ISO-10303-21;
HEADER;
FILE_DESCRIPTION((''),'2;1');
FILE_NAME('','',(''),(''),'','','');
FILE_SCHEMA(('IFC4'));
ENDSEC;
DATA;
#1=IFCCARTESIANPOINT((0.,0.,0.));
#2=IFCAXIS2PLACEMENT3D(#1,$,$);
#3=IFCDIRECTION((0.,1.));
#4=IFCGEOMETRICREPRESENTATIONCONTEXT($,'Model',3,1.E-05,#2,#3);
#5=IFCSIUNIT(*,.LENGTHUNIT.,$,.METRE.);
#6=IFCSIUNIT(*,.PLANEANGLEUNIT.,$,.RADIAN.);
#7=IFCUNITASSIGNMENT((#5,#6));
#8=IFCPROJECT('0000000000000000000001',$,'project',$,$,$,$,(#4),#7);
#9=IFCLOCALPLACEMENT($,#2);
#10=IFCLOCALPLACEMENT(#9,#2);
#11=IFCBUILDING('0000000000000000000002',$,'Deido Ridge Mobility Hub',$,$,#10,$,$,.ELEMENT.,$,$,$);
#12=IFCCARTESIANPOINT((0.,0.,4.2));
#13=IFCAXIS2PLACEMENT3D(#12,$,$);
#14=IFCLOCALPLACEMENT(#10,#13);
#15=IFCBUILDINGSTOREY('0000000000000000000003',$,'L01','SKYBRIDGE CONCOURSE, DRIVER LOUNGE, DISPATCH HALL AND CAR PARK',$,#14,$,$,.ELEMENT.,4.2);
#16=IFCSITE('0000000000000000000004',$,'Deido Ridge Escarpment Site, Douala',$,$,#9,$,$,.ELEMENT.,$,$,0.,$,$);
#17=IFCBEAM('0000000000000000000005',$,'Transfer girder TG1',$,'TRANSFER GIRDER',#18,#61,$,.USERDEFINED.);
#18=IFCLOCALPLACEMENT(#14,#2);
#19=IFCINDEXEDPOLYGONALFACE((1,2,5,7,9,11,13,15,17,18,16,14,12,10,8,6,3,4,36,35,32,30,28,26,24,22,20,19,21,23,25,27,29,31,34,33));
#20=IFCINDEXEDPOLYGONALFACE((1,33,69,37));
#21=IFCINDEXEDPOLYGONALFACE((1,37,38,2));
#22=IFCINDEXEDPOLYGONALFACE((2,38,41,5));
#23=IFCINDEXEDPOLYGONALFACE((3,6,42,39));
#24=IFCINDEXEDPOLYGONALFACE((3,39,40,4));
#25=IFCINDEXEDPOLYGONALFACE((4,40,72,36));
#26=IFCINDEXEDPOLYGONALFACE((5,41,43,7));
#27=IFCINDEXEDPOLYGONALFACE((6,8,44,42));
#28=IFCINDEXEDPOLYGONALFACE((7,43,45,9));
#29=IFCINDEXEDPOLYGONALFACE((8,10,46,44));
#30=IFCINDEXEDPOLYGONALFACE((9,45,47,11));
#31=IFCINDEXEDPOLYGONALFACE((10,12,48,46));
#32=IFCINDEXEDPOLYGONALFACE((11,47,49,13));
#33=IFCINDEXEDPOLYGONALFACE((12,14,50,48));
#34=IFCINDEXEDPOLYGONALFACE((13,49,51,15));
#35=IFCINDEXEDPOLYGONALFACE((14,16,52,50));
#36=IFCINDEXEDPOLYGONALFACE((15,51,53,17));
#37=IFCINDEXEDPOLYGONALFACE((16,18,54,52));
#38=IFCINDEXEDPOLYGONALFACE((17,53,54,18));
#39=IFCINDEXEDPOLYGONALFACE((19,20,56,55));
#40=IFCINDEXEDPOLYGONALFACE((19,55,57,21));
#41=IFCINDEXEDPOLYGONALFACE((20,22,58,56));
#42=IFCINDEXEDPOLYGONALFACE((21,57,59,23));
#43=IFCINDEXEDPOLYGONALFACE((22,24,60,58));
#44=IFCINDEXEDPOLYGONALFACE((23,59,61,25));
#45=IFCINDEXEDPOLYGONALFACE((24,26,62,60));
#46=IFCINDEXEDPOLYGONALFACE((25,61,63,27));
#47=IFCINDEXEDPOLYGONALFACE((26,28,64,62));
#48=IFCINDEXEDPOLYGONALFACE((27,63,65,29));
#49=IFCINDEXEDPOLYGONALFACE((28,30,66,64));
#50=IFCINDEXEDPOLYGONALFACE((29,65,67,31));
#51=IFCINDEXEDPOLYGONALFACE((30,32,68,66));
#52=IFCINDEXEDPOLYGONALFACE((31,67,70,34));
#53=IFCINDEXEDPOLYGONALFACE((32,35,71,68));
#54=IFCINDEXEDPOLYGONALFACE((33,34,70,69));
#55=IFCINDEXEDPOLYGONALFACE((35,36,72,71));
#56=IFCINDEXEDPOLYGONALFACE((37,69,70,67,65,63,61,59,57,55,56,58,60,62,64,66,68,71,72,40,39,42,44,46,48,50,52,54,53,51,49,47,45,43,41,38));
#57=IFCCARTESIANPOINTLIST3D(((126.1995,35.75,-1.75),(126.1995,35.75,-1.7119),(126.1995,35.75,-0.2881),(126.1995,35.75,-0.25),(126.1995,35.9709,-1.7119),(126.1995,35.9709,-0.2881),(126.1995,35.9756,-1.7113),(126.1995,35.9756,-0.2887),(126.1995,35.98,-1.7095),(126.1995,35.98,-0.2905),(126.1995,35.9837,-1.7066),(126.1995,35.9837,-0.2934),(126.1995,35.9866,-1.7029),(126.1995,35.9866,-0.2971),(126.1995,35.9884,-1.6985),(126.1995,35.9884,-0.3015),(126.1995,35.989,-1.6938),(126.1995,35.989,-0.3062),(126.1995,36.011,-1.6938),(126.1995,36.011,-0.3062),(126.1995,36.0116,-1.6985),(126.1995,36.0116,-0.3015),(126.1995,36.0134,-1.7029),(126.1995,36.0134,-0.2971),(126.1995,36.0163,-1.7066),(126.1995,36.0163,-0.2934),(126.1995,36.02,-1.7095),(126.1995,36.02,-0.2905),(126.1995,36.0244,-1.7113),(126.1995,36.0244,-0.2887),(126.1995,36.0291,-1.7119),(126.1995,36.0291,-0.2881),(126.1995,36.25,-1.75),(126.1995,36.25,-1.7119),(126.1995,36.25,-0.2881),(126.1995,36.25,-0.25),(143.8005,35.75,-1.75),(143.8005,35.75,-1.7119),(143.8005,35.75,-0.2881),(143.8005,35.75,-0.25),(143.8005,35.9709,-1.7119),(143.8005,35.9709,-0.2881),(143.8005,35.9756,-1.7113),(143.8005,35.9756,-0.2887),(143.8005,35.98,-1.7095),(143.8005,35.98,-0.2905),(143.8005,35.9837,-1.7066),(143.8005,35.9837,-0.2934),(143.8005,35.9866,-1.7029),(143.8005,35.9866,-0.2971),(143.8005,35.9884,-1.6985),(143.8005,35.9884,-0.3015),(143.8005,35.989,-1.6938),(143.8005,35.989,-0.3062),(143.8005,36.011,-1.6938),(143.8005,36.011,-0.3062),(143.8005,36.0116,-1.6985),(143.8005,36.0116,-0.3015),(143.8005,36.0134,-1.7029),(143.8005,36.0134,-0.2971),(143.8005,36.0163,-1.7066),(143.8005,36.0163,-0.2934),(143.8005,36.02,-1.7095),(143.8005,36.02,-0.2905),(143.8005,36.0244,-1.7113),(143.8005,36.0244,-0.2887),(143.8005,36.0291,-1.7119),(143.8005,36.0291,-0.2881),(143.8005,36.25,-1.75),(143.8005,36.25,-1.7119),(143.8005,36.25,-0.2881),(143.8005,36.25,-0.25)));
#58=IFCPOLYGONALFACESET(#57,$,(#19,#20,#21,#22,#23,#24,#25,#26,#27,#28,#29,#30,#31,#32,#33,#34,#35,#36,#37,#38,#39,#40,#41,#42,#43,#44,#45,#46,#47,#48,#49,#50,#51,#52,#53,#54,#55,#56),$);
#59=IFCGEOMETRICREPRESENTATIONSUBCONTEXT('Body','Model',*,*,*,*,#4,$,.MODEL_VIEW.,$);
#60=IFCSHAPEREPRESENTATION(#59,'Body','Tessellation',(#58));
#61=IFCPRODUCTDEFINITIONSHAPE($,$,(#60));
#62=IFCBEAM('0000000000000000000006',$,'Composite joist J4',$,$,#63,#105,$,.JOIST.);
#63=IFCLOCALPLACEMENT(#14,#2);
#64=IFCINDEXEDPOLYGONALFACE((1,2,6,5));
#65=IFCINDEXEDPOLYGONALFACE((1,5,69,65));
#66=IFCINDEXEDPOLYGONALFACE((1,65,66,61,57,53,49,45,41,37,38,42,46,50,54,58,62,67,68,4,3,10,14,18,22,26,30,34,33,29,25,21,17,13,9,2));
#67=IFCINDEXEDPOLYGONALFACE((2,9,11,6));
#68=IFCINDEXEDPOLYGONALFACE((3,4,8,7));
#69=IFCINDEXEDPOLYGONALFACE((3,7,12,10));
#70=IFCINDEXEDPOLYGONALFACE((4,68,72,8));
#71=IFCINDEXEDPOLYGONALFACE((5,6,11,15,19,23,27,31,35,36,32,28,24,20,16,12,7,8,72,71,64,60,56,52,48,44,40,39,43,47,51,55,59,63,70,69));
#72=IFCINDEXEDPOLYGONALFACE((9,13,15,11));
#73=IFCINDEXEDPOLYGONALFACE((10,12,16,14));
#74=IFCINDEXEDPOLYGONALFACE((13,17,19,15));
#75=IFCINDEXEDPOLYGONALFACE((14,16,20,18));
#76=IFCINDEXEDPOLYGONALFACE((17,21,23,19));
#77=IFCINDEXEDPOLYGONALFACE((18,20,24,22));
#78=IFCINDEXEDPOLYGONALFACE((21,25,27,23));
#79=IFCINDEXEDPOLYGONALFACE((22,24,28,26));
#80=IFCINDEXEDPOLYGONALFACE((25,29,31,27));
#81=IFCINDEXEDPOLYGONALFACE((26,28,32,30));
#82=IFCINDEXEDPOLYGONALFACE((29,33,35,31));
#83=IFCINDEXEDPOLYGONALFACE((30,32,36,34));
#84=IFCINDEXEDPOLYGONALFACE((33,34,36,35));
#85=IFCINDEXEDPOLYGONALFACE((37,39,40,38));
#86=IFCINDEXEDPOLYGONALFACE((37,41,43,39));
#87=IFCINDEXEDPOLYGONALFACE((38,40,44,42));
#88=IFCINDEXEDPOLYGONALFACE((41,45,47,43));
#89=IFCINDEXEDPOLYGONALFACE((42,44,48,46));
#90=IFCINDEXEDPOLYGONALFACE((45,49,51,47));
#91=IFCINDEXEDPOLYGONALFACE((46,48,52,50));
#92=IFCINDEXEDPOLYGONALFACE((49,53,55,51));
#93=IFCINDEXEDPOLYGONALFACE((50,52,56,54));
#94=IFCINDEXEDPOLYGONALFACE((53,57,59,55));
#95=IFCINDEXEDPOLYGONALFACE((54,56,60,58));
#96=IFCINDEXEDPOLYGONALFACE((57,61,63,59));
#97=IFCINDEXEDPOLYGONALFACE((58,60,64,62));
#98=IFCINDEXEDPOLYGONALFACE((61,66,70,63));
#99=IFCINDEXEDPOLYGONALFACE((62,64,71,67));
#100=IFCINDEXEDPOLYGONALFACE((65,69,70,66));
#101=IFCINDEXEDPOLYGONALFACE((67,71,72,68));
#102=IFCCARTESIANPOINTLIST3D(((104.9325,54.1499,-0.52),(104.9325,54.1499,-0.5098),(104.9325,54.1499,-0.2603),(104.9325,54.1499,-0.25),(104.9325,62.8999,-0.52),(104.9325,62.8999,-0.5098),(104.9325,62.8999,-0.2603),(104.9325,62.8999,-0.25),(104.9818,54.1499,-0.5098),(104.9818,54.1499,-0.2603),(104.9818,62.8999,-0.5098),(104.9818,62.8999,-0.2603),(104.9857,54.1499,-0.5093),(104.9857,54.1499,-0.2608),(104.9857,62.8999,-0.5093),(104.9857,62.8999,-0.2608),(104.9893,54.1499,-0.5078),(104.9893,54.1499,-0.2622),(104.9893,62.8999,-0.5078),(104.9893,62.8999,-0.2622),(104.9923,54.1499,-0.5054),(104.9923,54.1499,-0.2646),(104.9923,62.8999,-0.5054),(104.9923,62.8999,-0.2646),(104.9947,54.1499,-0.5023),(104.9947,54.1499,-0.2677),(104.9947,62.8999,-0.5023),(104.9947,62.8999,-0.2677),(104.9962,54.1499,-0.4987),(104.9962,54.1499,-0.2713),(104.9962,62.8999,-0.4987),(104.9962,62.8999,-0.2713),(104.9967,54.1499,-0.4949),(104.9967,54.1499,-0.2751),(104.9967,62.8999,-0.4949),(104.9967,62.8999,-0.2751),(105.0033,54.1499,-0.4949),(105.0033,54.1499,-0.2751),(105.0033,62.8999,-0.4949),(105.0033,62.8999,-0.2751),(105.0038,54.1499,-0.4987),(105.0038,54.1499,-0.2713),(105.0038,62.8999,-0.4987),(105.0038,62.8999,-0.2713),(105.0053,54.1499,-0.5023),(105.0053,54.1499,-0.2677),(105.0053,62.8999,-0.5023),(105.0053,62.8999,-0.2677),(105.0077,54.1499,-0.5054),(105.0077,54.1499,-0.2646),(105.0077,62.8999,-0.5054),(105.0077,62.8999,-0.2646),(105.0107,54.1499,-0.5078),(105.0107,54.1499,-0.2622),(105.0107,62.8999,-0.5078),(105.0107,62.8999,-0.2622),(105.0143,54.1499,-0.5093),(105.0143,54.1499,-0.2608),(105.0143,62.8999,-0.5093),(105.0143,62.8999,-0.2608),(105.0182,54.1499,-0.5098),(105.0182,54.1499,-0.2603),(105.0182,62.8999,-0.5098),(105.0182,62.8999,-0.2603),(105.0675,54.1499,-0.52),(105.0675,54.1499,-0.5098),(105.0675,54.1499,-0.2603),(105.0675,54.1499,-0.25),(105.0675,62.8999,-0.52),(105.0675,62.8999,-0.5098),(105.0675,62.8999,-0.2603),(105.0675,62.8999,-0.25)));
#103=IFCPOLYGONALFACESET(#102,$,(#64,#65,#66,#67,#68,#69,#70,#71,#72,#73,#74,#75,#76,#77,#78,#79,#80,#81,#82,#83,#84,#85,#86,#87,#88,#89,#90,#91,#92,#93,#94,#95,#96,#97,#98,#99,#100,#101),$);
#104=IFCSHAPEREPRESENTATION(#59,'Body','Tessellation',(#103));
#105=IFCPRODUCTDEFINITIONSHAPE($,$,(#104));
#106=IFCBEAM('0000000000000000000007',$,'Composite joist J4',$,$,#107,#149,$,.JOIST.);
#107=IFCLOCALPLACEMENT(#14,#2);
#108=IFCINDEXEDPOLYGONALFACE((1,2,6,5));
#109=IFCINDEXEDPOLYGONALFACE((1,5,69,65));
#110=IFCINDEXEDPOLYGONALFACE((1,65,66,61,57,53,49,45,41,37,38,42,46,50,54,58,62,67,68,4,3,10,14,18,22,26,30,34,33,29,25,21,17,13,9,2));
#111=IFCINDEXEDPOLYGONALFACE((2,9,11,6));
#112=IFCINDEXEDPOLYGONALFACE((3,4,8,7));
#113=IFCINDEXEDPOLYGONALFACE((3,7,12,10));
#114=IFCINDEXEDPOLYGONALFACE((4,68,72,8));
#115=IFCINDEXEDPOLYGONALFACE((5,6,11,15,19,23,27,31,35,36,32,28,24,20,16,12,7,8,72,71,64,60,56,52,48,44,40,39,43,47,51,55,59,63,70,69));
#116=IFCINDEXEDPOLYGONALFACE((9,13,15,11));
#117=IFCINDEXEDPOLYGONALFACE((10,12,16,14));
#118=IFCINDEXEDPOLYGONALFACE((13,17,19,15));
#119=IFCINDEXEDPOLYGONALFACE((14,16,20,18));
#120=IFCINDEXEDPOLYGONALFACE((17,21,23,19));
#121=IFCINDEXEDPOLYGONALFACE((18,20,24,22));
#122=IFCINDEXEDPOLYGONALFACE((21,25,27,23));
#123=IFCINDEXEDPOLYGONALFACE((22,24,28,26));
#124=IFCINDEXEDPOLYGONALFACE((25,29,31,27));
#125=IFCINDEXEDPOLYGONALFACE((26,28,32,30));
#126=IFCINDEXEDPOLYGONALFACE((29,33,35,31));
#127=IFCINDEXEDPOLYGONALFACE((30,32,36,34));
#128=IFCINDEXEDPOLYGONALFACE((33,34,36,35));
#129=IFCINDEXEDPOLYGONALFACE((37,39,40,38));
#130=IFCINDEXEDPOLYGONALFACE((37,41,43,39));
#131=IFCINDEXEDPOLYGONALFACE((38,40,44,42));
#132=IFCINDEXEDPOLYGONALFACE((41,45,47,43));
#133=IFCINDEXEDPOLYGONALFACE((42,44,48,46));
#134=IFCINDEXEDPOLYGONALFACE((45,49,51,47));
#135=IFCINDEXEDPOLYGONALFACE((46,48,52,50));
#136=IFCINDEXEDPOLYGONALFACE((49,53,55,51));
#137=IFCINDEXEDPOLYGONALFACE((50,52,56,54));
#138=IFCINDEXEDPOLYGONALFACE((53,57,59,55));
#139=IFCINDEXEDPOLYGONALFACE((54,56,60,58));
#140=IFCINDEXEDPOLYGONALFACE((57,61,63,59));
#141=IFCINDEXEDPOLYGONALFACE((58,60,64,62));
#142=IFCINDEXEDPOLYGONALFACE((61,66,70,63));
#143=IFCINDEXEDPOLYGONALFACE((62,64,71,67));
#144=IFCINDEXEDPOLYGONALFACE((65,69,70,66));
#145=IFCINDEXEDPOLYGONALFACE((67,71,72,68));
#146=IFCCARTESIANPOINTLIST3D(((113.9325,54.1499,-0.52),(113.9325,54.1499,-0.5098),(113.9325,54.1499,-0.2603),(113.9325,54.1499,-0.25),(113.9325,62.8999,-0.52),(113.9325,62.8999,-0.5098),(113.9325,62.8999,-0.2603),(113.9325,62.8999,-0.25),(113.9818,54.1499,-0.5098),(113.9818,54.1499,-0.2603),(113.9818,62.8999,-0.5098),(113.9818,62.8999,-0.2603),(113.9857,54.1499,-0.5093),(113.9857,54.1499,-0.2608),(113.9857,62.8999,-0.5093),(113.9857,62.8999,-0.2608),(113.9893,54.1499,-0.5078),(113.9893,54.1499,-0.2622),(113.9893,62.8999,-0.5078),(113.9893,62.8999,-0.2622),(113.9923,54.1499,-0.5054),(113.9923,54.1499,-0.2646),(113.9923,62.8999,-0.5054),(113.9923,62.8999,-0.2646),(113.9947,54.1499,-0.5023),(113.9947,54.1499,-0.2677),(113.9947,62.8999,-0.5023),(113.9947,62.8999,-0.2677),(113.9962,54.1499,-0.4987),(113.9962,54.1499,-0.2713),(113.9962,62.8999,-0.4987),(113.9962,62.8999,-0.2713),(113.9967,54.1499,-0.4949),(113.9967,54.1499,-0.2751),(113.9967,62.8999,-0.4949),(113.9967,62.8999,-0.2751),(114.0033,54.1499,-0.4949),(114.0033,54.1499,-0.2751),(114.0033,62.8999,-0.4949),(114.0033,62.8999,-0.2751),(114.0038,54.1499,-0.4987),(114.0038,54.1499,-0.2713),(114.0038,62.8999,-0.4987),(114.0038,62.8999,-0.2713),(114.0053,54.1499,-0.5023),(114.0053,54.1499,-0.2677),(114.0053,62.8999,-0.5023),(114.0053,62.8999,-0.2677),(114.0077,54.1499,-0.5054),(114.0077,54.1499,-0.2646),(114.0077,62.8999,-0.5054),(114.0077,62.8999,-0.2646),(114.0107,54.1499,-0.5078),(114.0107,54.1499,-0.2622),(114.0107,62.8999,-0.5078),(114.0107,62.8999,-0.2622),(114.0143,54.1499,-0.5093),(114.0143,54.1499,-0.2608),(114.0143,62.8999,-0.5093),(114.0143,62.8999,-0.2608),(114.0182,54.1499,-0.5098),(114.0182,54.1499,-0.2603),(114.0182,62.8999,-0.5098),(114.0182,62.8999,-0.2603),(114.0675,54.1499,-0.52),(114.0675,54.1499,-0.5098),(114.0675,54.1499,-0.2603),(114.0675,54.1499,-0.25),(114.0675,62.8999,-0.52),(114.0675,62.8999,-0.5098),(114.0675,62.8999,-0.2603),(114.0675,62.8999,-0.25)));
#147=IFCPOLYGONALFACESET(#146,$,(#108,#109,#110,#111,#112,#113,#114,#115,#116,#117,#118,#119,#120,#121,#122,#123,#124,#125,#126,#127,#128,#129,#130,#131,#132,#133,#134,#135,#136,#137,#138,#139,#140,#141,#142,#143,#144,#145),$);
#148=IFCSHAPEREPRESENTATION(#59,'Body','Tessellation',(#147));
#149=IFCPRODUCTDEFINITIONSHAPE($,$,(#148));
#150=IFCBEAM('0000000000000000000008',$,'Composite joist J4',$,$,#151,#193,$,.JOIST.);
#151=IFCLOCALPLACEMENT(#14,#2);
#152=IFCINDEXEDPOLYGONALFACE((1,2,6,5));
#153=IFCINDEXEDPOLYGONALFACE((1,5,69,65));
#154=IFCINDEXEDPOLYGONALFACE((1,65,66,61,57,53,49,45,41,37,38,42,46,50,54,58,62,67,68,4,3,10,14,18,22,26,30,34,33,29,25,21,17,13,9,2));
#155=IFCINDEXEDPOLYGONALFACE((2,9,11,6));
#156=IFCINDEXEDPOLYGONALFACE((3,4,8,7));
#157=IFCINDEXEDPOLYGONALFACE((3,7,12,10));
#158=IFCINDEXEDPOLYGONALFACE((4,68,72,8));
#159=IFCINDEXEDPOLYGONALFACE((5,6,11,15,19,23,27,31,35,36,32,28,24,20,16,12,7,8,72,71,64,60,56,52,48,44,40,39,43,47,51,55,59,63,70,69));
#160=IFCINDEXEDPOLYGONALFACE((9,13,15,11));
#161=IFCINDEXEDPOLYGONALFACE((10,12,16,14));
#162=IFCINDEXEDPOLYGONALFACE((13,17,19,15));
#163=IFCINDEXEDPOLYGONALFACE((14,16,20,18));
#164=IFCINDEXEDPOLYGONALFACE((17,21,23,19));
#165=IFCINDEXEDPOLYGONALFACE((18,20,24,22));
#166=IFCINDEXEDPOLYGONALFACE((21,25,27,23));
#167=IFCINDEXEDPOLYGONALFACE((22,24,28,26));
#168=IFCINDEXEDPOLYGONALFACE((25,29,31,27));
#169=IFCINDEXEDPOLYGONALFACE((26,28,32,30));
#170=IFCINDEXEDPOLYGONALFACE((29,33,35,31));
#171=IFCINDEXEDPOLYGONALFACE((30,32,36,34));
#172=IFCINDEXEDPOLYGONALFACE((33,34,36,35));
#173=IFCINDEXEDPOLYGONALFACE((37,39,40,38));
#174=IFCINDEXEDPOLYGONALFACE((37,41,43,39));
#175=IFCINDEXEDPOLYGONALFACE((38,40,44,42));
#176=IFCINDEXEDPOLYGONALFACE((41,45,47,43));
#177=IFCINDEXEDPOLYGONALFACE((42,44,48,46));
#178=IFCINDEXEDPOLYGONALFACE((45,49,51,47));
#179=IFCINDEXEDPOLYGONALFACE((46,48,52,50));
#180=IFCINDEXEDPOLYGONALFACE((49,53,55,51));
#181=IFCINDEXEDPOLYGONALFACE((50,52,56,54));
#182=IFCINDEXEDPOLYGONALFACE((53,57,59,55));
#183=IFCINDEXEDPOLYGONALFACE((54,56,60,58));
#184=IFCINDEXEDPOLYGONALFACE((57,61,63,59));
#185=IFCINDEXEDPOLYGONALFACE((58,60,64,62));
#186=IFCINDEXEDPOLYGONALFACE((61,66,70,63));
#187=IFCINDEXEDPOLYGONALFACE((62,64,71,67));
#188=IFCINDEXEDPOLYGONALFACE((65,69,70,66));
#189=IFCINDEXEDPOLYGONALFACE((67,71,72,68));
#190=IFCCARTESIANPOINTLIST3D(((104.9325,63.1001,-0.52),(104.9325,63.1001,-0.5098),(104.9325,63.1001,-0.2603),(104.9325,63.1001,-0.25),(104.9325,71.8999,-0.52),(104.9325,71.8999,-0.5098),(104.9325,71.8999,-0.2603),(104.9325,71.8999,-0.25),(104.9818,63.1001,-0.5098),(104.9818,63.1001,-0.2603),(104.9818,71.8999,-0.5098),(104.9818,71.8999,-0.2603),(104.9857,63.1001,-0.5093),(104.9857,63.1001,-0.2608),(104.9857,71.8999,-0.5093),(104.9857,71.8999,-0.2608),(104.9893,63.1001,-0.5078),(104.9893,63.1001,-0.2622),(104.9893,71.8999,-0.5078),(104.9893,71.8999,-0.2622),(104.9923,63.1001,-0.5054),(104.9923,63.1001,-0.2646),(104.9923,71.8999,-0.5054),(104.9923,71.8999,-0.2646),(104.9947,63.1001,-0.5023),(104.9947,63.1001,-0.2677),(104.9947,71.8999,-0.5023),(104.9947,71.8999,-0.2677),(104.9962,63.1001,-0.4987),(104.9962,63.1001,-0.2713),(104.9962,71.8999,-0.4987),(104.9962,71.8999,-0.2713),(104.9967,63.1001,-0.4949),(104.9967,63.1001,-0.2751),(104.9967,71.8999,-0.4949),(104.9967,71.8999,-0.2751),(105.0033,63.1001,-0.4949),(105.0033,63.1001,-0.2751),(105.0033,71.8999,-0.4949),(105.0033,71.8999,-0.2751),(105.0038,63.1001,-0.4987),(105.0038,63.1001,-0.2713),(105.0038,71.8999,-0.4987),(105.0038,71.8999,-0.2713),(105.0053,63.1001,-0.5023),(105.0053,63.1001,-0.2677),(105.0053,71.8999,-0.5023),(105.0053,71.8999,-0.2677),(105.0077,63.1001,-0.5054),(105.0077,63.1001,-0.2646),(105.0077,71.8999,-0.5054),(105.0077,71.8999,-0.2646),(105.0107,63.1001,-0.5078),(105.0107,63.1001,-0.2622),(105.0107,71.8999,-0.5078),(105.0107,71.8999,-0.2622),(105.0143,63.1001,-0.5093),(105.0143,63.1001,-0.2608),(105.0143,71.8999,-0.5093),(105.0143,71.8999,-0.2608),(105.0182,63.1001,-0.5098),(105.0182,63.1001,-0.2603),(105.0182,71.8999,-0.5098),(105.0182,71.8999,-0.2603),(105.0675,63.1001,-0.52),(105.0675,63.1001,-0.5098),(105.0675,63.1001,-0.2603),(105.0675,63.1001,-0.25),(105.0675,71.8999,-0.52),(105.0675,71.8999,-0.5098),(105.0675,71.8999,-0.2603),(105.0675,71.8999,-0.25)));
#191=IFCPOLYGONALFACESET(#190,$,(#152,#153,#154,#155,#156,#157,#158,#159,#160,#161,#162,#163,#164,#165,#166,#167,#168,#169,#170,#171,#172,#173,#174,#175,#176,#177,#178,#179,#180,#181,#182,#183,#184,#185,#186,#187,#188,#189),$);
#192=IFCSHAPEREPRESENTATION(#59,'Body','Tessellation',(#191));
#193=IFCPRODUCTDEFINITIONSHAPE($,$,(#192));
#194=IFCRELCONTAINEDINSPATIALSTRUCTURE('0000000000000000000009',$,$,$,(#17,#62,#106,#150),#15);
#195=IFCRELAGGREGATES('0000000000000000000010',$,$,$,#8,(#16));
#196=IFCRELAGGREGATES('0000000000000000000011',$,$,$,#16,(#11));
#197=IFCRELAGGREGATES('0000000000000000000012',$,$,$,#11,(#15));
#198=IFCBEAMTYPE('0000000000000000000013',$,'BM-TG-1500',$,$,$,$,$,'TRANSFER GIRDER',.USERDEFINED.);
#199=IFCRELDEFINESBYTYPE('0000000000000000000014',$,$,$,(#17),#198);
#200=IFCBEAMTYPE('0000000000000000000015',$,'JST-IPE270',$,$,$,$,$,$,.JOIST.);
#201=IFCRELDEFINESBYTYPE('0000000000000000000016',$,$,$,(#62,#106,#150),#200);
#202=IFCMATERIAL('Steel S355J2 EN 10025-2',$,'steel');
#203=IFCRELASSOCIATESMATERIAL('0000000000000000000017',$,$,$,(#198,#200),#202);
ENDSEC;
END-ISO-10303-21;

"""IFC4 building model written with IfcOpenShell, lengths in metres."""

from ifc_helpers import new_model, si_unit, direction, frame, origin, origin_2d, place, context, subcontext, project, spatial, i_section, extrude, material, material_profile, profile_set, type_object, element, save


model = new_model("IFC4")

# Units and contexts
model_context = context("Model", 3, precision=1e-05, world=origin(), true_north=direction((0.0, 1.0)))
body_context = subcontext(model_context, "Body", "Model", "MODEL_VIEW")
ifc_project = project(units=[si_unit("LENGTHUNIT", "METRE"), si_unit("PLANEANGLEUNIT", "RADIAN")], contexts=[model_context])

# Site, building, storey
site_placement = place(None, origin())
site = spatial("IfcSite", under=ifc_project, at=site_placement, Name="Deido Ridge Escarpment Site, Douala", CompositionType="ELEMENT", RefElevation=0.0)
building_placement = place(site_placement, origin())
building = spatial("IfcBuilding", under=site, at=building_placement, Name="Deido Ridge Mobility Hub", CompositionType="ELEMENT")
storey_placement = place(building_placement, frame((0.0, 0.0, 4.2)))
storey = spatial("IfcBuildingStorey", under=building, at=storey_placement, Name="L01", Description="SKYBRIDGE CONCOURSE, DRIVER LOUNGE, DISPATCH HALL AND CAR PARK", CompositionType="ELEMENT", Elevation=4.2)

# Shared definitions
ifc_material_1 = material(Name="Steel S355J2 EN 10025-2", Category="steel")

# Beams
ifc_material_profile_1 = material_profile(ifc_material_1, i_section(OverallWidth=0.5, OverallDepth=1.5, WebThickness=0.022, FlangeThickness=0.0381, FilletRadius=0.0181, at=origin_2d()), Name="WTG 1500x500")
ifc_profile_set_1 = profile_set([ifc_material_profile_1], Name="Steel S355J2 EN 10025-2")
beam_type_1 = type_object("IfcBeamType", Name="BM-TG-1500", ElementType="TRANSFER GIRDER", PredefinedType="USERDEFINED", material=ifc_profile_set_1)
beam_1_placement = place(storey_placement, frame((126.1995, 36.0, -1.0), z_axis=(1.0, 0.0, 0.0), x_axis=(0.0, 1.0, 0.0)))
element("IfcBeam", 1, at=beam_1_placement, inside=storey, type_object=beam_type_1, Name="Transfer girder TG1", ObjectType="TRANSFER GIRDER", PredefinedType="USERDEFINED", context=body_context, shape_type="SweptSolid", body=[
    extrude(i_section(OverallWidth=0.5, OverallDepth=1.5, WebThickness=0.022, FlangeThickness=0.0381, FilletRadius=0.0181, at=origin_2d()), origin(), (0.0, 0.0, 1.0), 17.6011),
])
ifc_material_profile_2 = material_profile(ifc_material_1, i_section(OverallWidth=0.135, OverallDepth=0.27, WebThickness=0.0066, FlangeThickness=0.0103, FilletRadius=0.0149, at=origin_2d()), Name="IPE 270")
ifc_profile_set_2 = profile_set([ifc_material_profile_2], Name="Steel S355J2 EN 10025-2")
beam_type_2 = type_object("IfcBeamType", Name="JST-IPE270", PredefinedType="JOIST", material=ifc_profile_set_2)
for number, where, z_axis, x_axis, name in (
    (2, (105.0, 54.1499, -0.385), (0.0, 1.0, 0.0), (-1.0, 0.0, 0.0), "Composite joist J4"),
    (3, (114.0, 54.1499, -0.385), (0.0, 1.0, 0.0), (-1.0, 0.0, 0.0), "Composite joist J4"),
):
    element("IfcBeam", number, at=place(storey_placement, frame(where, z_axis=z_axis, x_axis=x_axis)), inside=storey, type_object=beam_type_2, Name=name, PredefinedType="JOIST", context=body_context, shape_type="SweptSolid", body=[
        extrude(i_section(OverallWidth=0.135, OverallDepth=0.27, WebThickness=0.0066, FlangeThickness=0.0103, FilletRadius=0.0149, at=origin_2d()), origin(), (0.0, 0.0, 1.0), 8.75),
    ])
beam_2_placement = place(storey_placement, frame((105.0, 63.1001, -0.385), z_axis=(0.0, 1.0, 0.0), x_axis=(-1.0, 0.0, 0.0)))
element("IfcBeam", 4, at=beam_2_placement, inside=storey, type_object=beam_type_2, Name="Composite joist J4", PredefinedType="JOIST", context=body_context, shape_type="SweptSolid", body=[
    extrude(i_section(OverallWidth=0.135, OverallDepth=0.27, WebThickness=0.0066, FlangeThickness=0.0103, FilletRadius=0.0149, at=origin_2d()), origin(), (0.0, 0.0, 1.0), 8.7998),
])

save(model, "model.ifc")
